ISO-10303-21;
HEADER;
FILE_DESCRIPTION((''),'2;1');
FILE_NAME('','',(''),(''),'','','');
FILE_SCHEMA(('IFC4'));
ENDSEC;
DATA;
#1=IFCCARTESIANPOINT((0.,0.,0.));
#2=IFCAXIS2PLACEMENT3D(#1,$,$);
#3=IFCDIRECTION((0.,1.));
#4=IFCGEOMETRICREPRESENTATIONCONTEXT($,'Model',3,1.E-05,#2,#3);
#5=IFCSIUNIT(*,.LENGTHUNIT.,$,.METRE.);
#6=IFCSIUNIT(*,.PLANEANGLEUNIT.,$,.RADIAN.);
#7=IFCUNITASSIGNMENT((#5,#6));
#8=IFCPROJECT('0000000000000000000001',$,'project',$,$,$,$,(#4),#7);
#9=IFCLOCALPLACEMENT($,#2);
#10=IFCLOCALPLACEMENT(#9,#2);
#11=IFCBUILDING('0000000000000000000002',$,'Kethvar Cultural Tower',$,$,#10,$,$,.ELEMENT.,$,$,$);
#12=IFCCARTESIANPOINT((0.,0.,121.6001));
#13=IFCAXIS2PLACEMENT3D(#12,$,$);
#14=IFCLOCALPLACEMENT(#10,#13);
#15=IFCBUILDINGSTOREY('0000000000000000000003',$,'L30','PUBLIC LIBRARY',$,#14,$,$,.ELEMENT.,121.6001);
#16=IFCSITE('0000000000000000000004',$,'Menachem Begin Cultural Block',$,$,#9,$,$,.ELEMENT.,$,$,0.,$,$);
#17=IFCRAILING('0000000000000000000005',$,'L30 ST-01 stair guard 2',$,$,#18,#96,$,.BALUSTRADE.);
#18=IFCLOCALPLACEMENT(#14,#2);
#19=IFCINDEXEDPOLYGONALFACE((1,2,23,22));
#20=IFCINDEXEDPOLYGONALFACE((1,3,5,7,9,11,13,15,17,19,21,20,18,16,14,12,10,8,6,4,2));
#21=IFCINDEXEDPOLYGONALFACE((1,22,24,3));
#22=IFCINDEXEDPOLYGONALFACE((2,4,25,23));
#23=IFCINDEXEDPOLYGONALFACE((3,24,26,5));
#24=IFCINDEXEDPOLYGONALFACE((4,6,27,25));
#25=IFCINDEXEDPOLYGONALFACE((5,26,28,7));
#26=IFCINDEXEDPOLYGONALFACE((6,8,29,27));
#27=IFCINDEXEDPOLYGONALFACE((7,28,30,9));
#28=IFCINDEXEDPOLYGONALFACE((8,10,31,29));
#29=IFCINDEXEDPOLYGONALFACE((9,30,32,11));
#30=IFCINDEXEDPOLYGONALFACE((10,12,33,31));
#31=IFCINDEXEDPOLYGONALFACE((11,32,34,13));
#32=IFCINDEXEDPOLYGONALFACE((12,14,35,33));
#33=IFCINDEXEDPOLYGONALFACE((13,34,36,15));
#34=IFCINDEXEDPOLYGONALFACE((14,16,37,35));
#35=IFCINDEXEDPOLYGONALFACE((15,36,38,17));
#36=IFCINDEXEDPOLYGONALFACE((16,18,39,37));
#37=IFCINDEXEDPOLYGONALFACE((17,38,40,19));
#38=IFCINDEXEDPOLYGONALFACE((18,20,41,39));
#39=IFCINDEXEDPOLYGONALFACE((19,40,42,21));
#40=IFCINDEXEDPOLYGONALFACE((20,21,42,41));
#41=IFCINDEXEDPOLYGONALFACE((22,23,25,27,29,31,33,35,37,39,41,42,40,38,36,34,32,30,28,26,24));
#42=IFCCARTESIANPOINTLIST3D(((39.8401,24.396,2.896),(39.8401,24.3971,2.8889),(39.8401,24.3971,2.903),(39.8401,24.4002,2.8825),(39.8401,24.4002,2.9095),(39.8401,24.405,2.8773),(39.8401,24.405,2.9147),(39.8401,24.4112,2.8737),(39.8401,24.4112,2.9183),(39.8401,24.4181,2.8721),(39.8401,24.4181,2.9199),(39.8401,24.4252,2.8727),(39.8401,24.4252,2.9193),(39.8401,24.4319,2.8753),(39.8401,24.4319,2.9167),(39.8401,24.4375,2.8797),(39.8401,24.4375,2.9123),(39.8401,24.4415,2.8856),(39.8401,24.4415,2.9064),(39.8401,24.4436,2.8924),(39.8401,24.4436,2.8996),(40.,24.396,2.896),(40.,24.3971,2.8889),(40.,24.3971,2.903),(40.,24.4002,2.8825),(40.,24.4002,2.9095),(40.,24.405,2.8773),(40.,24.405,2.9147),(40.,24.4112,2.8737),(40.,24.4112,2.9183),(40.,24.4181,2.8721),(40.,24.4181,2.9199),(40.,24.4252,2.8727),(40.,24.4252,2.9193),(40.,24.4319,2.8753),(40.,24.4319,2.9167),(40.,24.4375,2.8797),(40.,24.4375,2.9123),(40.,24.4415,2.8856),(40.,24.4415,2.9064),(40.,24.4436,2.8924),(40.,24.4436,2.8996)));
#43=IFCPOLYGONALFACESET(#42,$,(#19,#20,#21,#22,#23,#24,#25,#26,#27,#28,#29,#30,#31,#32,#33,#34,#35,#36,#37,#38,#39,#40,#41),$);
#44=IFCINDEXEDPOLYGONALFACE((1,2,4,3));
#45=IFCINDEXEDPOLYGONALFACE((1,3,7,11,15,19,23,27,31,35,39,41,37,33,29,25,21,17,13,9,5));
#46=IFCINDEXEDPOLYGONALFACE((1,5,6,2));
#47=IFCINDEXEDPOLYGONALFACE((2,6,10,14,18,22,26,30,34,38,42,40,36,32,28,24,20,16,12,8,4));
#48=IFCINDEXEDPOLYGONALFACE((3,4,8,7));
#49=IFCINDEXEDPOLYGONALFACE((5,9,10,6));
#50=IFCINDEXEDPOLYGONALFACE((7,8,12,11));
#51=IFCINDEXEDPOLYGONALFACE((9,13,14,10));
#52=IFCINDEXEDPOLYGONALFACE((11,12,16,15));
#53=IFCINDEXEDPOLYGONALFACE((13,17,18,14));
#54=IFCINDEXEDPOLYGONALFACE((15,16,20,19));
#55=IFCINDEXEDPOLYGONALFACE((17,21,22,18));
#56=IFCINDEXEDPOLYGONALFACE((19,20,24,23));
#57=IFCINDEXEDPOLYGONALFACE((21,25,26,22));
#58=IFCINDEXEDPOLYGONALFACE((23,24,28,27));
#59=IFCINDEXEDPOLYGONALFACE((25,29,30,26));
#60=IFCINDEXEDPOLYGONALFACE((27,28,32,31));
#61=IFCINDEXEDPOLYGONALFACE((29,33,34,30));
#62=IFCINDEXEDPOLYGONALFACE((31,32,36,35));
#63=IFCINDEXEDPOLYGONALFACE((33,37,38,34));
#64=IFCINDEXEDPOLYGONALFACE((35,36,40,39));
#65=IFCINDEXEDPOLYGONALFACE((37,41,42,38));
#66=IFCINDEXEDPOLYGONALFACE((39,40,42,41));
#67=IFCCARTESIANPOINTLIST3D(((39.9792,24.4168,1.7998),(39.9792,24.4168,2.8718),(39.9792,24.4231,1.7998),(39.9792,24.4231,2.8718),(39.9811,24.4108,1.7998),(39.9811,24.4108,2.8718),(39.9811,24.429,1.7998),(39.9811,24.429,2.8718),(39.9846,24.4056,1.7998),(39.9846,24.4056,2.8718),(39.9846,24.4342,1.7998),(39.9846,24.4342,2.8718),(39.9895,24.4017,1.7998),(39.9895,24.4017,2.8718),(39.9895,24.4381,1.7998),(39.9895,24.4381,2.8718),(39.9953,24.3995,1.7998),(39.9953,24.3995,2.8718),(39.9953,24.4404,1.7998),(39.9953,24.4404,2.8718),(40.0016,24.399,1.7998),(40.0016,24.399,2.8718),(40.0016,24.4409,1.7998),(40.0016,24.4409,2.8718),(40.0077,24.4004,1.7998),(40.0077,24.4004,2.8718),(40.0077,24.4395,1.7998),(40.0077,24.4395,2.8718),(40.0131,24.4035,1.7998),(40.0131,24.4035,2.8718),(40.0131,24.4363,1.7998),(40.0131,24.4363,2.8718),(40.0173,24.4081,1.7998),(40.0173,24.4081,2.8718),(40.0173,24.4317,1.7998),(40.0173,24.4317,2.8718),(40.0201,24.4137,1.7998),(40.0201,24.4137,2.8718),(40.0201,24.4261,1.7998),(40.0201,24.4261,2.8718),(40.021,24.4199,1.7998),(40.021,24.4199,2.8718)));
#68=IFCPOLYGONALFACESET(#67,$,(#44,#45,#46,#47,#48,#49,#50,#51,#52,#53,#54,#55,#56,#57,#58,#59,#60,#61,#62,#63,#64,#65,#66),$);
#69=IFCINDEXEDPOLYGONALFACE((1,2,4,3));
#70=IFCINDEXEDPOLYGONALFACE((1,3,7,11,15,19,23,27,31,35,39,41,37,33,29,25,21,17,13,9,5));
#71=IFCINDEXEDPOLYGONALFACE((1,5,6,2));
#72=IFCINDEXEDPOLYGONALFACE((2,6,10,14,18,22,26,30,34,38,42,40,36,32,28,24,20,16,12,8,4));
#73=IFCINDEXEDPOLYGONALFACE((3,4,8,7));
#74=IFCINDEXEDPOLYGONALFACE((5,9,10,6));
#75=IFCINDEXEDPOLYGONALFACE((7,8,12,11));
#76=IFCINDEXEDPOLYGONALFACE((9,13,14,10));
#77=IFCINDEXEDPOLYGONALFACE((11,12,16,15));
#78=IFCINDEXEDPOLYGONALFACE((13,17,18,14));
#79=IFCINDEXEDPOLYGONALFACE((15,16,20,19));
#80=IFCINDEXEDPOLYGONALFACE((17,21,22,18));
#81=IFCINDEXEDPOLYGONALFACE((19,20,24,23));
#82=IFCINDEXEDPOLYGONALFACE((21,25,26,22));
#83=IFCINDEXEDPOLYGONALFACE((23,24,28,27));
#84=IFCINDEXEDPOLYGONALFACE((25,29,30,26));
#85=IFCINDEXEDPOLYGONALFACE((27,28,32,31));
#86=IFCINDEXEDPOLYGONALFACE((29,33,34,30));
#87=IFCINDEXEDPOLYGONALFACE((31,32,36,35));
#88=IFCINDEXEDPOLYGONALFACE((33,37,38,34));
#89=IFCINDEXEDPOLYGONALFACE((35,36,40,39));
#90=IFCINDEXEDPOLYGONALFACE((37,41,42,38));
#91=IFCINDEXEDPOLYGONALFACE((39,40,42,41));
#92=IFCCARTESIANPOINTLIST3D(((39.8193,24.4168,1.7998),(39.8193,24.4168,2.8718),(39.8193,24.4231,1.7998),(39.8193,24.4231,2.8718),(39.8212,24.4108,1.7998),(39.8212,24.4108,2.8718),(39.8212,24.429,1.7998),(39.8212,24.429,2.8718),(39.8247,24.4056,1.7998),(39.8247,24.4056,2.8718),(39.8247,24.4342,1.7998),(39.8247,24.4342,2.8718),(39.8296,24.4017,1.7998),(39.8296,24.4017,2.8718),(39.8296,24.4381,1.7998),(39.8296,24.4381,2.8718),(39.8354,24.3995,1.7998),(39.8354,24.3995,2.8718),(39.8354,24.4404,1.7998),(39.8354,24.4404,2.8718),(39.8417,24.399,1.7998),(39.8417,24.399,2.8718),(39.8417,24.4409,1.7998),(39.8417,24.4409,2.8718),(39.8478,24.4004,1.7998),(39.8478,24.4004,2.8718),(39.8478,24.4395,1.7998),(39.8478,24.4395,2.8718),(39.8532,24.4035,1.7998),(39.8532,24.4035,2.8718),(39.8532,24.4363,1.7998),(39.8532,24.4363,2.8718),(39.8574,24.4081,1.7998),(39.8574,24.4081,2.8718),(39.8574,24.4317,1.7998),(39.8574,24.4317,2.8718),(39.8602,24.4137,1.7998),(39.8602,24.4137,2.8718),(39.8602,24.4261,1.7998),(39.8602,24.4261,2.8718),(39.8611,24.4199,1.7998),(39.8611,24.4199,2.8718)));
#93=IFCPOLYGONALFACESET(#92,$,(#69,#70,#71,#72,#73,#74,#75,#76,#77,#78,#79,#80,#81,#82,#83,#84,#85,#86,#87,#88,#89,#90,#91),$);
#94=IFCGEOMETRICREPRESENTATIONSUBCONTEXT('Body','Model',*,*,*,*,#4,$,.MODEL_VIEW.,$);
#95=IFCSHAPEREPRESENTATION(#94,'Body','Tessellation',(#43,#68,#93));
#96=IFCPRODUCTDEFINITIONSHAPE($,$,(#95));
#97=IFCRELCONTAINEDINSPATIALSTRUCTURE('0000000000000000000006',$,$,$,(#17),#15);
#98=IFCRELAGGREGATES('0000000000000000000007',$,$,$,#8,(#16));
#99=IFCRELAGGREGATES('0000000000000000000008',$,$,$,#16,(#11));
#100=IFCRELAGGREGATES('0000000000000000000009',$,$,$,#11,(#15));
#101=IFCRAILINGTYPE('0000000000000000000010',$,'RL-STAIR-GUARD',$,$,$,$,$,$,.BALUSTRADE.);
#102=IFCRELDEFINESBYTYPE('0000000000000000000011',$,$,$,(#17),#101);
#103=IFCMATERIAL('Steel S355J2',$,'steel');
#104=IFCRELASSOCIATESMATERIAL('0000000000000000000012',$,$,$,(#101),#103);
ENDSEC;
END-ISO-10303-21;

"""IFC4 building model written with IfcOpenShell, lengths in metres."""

from ifc_helpers import new_model, si_unit, direction, frame, origin, origin_2d, place, context, subcontext, project, spatial, circle, extrude, material, type_object, element, save


model = new_model("IFC4")

# Units and contexts
model_context = context("Model", 3, precision=1e-05, world=origin(), true_north=direction((0.0, 1.0)))
body_context = subcontext(model_context, "Body", "Model", "MODEL_VIEW")
ifc_project = project(units=[si_unit("LENGTHUNIT", "METRE"), si_unit("PLANEANGLEUNIT", "RADIAN")], contexts=[model_context])

# Site, building, storey
site_placement = place(None, origin())
site = spatial("IfcSite", under=ifc_project, at=site_placement, Name="Menachem Begin Cultural Block", CompositionType="ELEMENT", RefElevation=0.0)
building_placement = place(site_placement, origin())
building = spatial("IfcBuilding", under=site, at=building_placement, Name="Kethvar Cultural Tower", CompositionType="ELEMENT")
storey_placement = place(building_placement, frame((0.0, 0.0, 121.6001)))
storey = spatial("IfcBuildingStorey", under=building, at=storey_placement, Name="L30", Description="PUBLIC LIBRARY", CompositionType="ELEMENT", Elevation=121.6001)

# Shared definitions
ifc_material_1 = material(Name="Steel S355J2", Category="steel")

# Railing
railing_type_1 = type_object("IfcRailingType", Name="RL-STAIR-GUARD", PredefinedType="BALUSTRADE", material=ifc_material_1)
railing_1_placement = place(storey_placement, frame((40.0, 24.4199, 1.7998)))
element("IfcRailing", 1, at=railing_1_placement, inside=storey, type_object=railing_type_1, Name="L30 ST-01 stair guard 2", PredefinedType="BALUSTRADE", context=body_context, shape_type="SweptSolid", body=[
    extrude(circle(Radius=0.0239, at=origin_2d()), frame((0.0, 0.0, 1.0962), z_axis=(-1.0, 0.0, 0.0), x_axis=(0.0, -1.0, 0.0)), (0.0, 0.0, 1.0), 0.1599),
    extrude(circle(Radius=0.021, at=origin_2d()), origin(), (0.0, 0.0, 1.0), 1.072),
    extrude(circle(Radius=0.021, at=origin_2d()), frame((-0.1599, 0.0, 0.0)), (0.0, 0.0, 1.0), 1.072),
])

save(model, "model.ifc")
